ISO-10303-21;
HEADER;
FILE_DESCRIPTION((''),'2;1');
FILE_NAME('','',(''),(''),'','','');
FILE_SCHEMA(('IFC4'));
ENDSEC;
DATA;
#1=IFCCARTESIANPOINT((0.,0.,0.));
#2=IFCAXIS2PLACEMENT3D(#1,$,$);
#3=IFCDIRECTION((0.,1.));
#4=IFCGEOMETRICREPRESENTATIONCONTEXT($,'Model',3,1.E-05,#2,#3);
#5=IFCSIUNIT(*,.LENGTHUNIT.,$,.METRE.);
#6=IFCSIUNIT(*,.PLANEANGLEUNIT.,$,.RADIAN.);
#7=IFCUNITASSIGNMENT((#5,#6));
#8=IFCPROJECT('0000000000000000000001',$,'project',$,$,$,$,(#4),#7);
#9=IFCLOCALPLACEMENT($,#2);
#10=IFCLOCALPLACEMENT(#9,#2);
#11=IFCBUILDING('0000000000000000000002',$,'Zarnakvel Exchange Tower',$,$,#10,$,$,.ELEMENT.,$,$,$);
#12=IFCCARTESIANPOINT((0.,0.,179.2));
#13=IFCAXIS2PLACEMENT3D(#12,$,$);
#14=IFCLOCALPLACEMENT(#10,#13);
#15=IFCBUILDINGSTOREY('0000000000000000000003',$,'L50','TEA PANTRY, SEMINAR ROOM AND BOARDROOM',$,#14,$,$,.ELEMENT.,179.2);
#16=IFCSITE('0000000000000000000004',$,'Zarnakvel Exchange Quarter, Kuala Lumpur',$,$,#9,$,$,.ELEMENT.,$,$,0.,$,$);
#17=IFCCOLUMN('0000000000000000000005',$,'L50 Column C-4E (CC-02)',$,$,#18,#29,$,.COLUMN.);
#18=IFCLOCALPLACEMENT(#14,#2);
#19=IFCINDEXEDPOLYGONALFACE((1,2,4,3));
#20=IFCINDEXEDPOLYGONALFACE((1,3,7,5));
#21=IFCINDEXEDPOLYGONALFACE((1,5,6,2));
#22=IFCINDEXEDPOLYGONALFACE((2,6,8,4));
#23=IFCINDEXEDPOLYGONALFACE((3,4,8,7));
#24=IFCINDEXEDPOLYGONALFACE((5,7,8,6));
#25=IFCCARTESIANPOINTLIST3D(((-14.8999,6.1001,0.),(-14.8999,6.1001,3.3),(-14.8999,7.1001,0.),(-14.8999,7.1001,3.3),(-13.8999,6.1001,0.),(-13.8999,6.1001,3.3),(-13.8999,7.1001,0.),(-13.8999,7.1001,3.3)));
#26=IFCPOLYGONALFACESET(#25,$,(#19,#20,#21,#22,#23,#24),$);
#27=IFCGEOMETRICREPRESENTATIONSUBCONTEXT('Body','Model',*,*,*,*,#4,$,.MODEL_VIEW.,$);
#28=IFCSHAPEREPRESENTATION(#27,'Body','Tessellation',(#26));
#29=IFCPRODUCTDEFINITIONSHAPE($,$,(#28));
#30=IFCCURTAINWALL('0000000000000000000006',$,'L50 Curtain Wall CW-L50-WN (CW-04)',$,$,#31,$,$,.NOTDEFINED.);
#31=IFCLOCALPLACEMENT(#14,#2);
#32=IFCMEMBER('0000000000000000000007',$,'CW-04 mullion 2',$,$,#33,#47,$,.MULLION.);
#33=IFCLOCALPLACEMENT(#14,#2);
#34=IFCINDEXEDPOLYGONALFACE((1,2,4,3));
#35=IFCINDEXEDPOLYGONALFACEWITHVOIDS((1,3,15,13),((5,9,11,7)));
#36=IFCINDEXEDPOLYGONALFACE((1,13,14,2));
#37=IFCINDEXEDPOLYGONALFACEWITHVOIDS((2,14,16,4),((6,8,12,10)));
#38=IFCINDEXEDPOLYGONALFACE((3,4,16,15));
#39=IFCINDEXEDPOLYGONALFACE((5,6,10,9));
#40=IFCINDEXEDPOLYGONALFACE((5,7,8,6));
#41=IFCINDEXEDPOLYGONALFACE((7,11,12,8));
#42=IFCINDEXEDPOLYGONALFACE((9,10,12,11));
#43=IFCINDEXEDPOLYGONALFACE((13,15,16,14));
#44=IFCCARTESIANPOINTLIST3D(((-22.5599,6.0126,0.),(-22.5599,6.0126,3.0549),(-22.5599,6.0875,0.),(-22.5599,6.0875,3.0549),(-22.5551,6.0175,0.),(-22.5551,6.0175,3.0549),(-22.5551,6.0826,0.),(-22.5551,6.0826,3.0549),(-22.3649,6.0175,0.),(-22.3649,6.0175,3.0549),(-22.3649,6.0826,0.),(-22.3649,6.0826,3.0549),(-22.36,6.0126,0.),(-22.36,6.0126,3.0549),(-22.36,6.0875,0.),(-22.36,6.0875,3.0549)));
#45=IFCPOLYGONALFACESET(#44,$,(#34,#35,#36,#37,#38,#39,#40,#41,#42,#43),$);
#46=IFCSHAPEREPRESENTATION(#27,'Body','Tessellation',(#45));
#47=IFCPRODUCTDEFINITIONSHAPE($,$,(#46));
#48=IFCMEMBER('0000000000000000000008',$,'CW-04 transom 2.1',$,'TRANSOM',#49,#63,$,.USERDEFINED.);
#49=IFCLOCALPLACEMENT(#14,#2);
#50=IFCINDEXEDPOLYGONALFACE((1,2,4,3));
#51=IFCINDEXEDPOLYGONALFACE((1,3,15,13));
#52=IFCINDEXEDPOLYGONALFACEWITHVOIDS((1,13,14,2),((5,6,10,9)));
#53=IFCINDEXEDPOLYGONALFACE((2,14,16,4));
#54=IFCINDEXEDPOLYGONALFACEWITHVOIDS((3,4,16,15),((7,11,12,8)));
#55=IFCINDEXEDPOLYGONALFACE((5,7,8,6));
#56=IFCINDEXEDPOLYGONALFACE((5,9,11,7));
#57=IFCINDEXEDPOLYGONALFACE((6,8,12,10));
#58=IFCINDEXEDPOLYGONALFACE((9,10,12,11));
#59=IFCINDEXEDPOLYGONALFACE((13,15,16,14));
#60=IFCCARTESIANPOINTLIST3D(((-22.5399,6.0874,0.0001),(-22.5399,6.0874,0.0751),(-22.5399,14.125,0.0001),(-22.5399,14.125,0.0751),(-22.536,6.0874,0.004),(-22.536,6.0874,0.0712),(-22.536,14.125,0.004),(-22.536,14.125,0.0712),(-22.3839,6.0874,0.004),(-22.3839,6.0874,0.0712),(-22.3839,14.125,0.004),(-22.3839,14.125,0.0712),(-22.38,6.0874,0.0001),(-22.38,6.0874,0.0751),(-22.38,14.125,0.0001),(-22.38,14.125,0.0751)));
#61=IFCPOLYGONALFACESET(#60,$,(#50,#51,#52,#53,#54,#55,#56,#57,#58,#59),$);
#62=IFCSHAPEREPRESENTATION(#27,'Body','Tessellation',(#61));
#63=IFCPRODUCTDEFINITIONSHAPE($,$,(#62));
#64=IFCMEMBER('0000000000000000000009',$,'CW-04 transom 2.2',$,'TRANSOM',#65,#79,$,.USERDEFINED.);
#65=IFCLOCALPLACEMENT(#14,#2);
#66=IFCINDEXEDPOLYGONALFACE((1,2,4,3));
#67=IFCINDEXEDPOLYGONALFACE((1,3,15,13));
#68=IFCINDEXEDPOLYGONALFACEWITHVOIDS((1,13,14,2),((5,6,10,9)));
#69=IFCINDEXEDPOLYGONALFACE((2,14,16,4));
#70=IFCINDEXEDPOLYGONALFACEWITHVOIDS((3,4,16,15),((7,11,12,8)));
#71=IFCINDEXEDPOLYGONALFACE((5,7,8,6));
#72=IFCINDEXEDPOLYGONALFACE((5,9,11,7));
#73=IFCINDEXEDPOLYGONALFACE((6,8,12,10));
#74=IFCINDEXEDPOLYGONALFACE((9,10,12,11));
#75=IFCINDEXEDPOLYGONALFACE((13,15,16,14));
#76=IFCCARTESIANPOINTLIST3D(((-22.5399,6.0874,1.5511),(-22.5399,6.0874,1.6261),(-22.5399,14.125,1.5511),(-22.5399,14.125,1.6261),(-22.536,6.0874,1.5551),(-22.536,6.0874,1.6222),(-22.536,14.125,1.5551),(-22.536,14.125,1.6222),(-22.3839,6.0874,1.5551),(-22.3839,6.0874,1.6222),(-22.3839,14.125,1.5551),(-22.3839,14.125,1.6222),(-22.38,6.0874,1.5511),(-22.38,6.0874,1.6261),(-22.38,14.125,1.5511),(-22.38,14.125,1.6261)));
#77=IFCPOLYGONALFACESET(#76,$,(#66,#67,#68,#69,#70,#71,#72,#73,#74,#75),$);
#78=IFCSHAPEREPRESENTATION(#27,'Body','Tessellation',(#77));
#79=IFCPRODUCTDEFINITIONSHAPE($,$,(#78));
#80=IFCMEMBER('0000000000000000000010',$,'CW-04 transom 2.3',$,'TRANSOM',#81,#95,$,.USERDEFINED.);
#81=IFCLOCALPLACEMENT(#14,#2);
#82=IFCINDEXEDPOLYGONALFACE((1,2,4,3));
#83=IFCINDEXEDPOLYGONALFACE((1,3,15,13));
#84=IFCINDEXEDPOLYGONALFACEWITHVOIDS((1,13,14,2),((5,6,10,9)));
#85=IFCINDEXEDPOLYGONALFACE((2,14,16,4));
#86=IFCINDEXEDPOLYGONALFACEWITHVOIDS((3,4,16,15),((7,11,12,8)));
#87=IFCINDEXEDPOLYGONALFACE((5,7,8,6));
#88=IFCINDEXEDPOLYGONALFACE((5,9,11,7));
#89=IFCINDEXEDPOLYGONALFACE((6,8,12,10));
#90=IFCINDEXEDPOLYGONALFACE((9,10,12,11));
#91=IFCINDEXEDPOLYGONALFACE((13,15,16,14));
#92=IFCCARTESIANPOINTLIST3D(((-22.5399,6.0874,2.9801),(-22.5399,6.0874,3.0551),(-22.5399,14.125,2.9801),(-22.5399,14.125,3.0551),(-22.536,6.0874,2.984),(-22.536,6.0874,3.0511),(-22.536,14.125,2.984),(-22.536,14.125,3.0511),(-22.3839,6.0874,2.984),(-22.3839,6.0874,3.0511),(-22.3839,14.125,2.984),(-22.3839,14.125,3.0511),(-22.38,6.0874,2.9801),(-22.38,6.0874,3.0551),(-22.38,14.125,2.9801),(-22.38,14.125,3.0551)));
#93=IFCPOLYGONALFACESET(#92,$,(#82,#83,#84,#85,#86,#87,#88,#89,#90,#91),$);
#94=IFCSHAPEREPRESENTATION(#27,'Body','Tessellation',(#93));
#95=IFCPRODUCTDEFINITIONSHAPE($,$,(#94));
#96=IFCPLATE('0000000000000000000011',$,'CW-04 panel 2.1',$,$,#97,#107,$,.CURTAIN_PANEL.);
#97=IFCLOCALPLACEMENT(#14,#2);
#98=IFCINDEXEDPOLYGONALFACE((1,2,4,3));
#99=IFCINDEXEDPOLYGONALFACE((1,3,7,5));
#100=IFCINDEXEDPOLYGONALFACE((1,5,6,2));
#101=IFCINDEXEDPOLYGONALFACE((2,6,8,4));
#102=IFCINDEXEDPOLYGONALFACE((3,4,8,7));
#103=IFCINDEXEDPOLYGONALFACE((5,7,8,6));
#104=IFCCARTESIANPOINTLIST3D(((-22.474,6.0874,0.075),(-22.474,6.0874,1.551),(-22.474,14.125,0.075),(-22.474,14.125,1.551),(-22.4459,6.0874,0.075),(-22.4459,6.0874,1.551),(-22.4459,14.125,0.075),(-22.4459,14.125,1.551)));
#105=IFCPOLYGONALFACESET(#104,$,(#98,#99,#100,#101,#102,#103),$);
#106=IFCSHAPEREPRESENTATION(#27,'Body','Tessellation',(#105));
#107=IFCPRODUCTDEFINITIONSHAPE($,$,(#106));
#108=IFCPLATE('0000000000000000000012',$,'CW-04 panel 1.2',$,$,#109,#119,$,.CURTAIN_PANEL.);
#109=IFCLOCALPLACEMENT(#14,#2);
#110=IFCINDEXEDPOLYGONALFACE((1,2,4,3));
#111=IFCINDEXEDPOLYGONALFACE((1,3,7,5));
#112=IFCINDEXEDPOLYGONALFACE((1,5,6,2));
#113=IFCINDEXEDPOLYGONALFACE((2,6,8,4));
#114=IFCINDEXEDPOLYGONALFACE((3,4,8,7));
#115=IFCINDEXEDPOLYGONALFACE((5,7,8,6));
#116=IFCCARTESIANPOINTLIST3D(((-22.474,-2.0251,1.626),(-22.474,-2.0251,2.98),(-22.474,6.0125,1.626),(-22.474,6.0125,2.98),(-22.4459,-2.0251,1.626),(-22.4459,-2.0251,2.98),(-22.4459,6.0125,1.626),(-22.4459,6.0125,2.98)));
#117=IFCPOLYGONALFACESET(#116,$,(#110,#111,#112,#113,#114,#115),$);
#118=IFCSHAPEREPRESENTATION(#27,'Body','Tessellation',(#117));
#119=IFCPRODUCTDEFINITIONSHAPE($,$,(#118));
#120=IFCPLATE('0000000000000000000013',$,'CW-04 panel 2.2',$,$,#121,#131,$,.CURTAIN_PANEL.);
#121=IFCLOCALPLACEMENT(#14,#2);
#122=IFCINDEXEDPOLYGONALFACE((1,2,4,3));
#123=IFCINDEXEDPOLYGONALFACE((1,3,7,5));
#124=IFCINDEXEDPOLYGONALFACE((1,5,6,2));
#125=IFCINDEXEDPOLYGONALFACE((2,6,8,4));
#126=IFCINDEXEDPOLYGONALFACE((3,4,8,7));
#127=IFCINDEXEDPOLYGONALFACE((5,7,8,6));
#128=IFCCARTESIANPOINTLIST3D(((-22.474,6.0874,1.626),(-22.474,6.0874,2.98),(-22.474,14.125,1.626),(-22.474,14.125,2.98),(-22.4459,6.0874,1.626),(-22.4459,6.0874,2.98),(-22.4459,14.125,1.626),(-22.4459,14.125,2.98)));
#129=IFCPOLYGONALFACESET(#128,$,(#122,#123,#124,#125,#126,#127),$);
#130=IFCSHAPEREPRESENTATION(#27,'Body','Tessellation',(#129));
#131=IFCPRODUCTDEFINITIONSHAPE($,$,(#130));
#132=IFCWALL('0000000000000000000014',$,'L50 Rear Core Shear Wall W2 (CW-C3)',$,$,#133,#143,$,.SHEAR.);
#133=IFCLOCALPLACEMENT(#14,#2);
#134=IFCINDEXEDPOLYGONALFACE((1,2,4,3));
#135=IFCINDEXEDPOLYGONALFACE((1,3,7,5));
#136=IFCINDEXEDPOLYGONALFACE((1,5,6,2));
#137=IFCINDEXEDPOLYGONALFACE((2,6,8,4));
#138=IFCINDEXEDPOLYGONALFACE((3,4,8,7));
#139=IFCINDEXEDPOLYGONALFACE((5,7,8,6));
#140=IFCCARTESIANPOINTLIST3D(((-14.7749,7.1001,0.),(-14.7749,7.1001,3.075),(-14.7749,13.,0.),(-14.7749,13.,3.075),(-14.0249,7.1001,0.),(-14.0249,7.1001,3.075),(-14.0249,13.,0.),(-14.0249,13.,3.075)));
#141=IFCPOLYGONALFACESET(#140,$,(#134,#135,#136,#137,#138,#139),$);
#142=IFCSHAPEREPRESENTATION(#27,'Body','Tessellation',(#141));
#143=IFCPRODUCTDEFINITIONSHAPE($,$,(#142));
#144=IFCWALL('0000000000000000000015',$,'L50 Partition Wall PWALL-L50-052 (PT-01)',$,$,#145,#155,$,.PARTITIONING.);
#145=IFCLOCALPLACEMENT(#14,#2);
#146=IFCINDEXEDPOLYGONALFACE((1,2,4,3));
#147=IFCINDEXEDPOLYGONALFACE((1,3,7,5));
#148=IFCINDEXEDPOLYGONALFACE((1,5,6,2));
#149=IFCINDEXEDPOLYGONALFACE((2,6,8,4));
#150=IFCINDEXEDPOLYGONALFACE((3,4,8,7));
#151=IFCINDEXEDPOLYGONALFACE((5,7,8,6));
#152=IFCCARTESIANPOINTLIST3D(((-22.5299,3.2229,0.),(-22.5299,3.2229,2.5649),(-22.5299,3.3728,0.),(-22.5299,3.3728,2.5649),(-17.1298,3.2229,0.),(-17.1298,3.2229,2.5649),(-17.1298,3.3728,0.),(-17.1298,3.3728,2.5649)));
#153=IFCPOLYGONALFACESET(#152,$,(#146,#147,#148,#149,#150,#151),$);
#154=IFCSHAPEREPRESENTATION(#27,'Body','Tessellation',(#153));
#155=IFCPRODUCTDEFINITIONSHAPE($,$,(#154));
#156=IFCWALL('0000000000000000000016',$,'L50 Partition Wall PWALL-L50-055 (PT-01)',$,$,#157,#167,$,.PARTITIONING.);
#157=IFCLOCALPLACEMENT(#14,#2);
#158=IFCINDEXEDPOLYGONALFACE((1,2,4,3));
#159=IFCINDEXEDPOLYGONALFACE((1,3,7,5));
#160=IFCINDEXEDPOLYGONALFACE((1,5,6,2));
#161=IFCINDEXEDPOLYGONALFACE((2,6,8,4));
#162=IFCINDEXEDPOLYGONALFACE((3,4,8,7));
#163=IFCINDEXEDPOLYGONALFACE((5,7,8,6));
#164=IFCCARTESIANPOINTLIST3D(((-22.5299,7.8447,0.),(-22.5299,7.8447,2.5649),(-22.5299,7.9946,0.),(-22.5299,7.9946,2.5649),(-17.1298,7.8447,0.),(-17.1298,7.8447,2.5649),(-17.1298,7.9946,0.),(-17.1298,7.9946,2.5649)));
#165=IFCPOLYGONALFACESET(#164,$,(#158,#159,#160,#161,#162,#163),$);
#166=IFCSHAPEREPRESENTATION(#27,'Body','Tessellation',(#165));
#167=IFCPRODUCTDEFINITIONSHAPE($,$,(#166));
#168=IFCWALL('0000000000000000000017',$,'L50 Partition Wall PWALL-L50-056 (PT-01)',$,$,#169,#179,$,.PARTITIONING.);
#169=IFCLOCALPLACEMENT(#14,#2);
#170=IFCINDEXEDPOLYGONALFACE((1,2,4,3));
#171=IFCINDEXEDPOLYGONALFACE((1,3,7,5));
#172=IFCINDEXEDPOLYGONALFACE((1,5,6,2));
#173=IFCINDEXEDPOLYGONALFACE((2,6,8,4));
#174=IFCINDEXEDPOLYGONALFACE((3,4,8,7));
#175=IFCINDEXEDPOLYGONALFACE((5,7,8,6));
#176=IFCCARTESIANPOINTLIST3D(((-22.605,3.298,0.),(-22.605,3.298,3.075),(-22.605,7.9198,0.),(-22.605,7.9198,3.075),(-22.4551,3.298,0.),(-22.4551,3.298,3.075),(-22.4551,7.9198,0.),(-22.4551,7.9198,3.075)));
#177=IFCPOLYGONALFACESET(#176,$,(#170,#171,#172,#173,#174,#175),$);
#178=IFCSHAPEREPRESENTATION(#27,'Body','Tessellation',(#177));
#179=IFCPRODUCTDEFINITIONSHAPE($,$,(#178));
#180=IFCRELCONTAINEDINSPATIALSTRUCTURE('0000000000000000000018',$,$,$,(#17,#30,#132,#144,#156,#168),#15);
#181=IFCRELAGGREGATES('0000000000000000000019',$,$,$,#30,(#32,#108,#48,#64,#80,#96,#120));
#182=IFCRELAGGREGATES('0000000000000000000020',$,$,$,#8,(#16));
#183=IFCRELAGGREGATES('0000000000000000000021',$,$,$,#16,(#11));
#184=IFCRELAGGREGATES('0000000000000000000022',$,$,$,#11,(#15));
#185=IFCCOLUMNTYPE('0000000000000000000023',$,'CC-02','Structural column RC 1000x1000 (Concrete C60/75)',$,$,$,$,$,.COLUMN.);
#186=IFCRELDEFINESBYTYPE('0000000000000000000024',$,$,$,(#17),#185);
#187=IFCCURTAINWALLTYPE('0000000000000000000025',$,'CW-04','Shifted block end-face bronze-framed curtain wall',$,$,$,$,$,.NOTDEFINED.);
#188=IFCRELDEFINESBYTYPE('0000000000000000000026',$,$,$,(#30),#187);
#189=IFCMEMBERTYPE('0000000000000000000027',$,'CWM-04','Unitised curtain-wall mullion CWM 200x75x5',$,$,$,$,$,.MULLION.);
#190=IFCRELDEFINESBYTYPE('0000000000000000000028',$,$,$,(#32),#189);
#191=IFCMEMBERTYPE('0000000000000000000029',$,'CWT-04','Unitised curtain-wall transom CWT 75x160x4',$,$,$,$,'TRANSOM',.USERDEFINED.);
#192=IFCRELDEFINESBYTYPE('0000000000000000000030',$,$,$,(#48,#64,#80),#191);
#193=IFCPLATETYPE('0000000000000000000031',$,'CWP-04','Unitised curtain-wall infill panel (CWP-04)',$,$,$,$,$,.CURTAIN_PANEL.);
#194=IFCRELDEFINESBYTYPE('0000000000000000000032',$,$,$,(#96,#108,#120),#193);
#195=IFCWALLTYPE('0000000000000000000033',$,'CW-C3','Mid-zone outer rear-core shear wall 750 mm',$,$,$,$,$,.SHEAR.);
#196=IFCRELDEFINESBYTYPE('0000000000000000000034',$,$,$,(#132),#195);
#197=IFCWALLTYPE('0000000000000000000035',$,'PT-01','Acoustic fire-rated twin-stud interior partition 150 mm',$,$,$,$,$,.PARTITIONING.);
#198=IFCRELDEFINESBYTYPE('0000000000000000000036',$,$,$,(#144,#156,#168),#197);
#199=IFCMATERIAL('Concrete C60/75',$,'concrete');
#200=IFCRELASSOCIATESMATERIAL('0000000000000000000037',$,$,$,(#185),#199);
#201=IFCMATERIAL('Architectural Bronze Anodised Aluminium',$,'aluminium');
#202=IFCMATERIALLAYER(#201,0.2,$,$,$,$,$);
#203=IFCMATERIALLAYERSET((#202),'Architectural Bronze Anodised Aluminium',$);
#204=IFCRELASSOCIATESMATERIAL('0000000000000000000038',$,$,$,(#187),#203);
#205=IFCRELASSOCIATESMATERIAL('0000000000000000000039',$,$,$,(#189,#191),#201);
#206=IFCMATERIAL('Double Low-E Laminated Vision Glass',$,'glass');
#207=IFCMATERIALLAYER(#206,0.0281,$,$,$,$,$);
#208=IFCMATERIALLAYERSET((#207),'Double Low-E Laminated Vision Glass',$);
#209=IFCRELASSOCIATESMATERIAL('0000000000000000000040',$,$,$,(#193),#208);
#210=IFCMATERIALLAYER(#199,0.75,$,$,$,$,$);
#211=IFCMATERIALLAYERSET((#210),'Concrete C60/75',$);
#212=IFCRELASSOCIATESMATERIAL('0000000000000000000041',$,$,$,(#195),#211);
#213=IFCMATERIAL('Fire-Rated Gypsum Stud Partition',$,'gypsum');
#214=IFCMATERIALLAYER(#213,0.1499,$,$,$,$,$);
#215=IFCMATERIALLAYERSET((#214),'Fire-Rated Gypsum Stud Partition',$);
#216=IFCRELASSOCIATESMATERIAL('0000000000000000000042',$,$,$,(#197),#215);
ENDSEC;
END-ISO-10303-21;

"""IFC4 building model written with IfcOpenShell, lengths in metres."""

from ifc_helpers import new_model, si_unit, direction, frame, frame_2d, origin, origin_2d, place, context, subcontext, project, spatial, rectangle, hollow_rectangle, extrude, source, transform, mapped, material, layer, layer_set, material_profile, profile_set, type_object, element, aggregate, save


model = new_model("IFC4")

# Units and contexts
model_context = context("Model", 3, precision=1e-05, world=origin(), true_north=direction((0.0, 1.0)))
body_context = subcontext(model_context, "Body", "Model", "MODEL_VIEW")
ifc_project = project(units=[si_unit("LENGTHUNIT", "METRE"), si_unit("PLANEANGLEUNIT", "RADIAN")], contexts=[model_context])

# Site, building, storey
site_placement = place(None, origin())
site = spatial("IfcSite", under=ifc_project, at=site_placement, Name="Zarnakvel Exchange Quarter, Kuala Lumpur", CompositionType="ELEMENT", RefElevation=0.0)
building_placement = place(site_placement, origin())
building = spatial("IfcBuilding", under=site, at=building_placement, Name="Zarnakvel Exchange Tower", CompositionType="ELEMENT")
storey_placement = place(building_placement, frame((0.0, 0.0, 179.2)))
storey = spatial("IfcBuildingStorey", under=building, at=storey_placement, Name="L50", Description="TEA PANTRY, SEMINAR ROOM AND BOARDROOM", CompositionType="ELEMENT", Elevation=179.2)

# Column
ifc_material_1 = material(Name="Concrete C60/75", Category="concrete")
ifc_material_profile_1 = material_profile(ifc_material_1, rectangle(XDim=1.0, YDim=1.0, at=origin_2d()))
ifc_profile_set_1 = profile_set([ifc_material_profile_1], Name="Concrete C60/75")
column_type = type_object("IfcColumnType", Name="CC-02", Description="Structural column RC 1000x1000 (Concrete C60/75)", PredefinedType="COLUMN", material=ifc_profile_set_1)
column_placement = place(storey_placement, frame((-14.3999, 6.6001, 0.0), z_axis=(0.0, 0.0, 1.0), x_axis=(1.0, 0.0, 0.0)))
element("IfcColumn", 1, at=column_placement, inside=storey, type_object=column_type, Name="L50 Column C-4E (CC-02)", PredefinedType="COLUMN", context=body_context, shape_type="SweptSolid", body=[
    extrude(rectangle(XDim=1.0, YDim=1.0, at=origin_2d()), origin(), (0.0, 0.0, 1.0), 3.3),
])

# Curtain wall, members, plates
ifc_material_2 = material(Name="Architectural Bronze Anodised Aluminium", Category="aluminium")
ifc_layer_1 = layer(ifc_material_2, 0.2)
ifc_layer_set_1 = layer_set([ifc_layer_1], Name="Architectural Bronze Anodised Aluminium")
curtain_wall_type = type_object("IfcCurtainWallType", Name="CW-04", Description="Shifted block end-face bronze-framed curtain wall", PredefinedType="NOTDEFINED", material=ifc_layer_set_1)
curtain_wall_placement = place(storey_placement, origin())
curtain_wall = element("IfcCurtainWall", 2, at=curtain_wall_placement, inside=storey, type_object=curtain_wall_type, Name="L50 Curtain Wall CW-L50-WN (CW-04)", PredefinedType="NOTDEFINED")
ifc_material_profile_2 = material_profile(ifc_material_2, hollow_rectangle(XDim=0.2, YDim=0.075, WallThickness=0.0049, at=origin_2d()))
ifc_profile_set_2 = profile_set([ifc_material_profile_2], Name="Architectural Bronze Anodised Aluminium")
member_type_1 = type_object("IfcMemberType", Name="CWM-04", Description="Unitised curtain-wall mullion CWM 200x75x5", PredefinedType="MULLION", material=ifc_profile_set_2)
shared_shape_1 = source(origin(), body_context, "Body", "SweptSolid", [
    extrude(hollow_rectangle(XDim=0.2, YDim=0.075, WallThickness=0.0049, at=origin_2d()), origin(), (0.0, 0.0, 1.0), 3.0549),
])
member_1_placement = place(storey_placement, frame((-22.46, 6.05, 0.0), z_axis=(0.0, 0.0, 1.0), x_axis=(-1.0, 0.0, 0.0)))
member_1 = element("IfcMember", 3, at=member_1_placement, type_object=member_type_1, Name="CW-04 mullion 2", PredefinedType="MULLION", context=body_context, shape_type="MappedRepresentation", body=[
    mapped(shared_shape_1, transform((0.0, 0.0, 0.0), x_axis=(1.0, 0.0, 0.0), y_axis=(0.0, 1.0, 0.0), z_axis=(0.0, 0.0, 1.0), scale=1.0)),
])
ifc_material_profile_3 = material_profile(ifc_material_2, hollow_rectangle(XDim=0.1599, YDim=0.075, WallThickness=0.0039, at=origin_2d()))
ifc_profile_set_3 = profile_set([ifc_material_profile_3], Name="Architectural Bronze Anodised Aluminium")
member_type_2 = type_object("IfcMemberType", Name="CWT-04", Description="Unitised curtain-wall transom CWT 75x160x4", ElementType="TRANSOM", PredefinedType="USERDEFINED", material=ifc_profile_set_3)
shared_shape_2 = source(origin(), body_context, "Body", "SweptSolid", [
    extrude(hollow_rectangle(XDim=0.1599, YDim=0.075, WallThickness=0.0039, at=origin_2d()), origin(), (0.0, 0.0, 1.0), 8.0376),
])
member_2_placement = place(storey_placement, frame((-22.46, 6.0874, 0.0376), z_axis=(0.0, 1.0, 0.0), x_axis=(-1.0, 0.0, 0.0)))
member_2 = element("IfcMember", 4, at=member_2_placement, type_object=member_type_2, Name="CW-04 transom 2.1", ObjectType="TRANSOM", PredefinedType="USERDEFINED", context=body_context, shape_type="MappedRepresentation", body=[
    mapped(shared_shape_2, transform((0.0, 0.0, 0.0), x_axis=(1.0, 0.0, 0.0), y_axis=(0.0, 1.0, 0.0), z_axis=(0.0, 0.0, 1.0), scale=1.0)),
])
member_3_placement = place(storey_placement, frame((-22.46, 6.0874, 1.5886), z_axis=(0.0, 1.0, 0.0), x_axis=(-1.0, 0.0, 0.0)))
member_3 = element("IfcMember", 5, at=member_3_placement, type_object=member_type_2, Name="CW-04 transom 2.2", ObjectType="TRANSOM", PredefinedType="USERDEFINED", context=body_context, shape_type="MappedRepresentation", body=[
    mapped(shared_shape_2, transform((0.0, 0.0, 0.0), x_axis=(1.0, 0.0, 0.0), y_axis=(0.0, 1.0, 0.0), z_axis=(0.0, 0.0, 1.0), scale=1.0)),
])
member_4_placement = place(storey_placement, frame((-22.46, 6.0874, 3.0176), z_axis=(0.0, 1.0, 0.0), x_axis=(-1.0, 0.0, 0.0)))
member_4 = element("IfcMember", 6, at=member_4_placement, type_object=member_type_2, Name="CW-04 transom 2.3", ObjectType="TRANSOM", PredefinedType="USERDEFINED", context=body_context, shape_type="MappedRepresentation", body=[
    mapped(shared_shape_2, transform((0.0, 0.0, 0.0), x_axis=(1.0, 0.0, 0.0), y_axis=(0.0, 1.0, 0.0), z_axis=(0.0, 0.0, 1.0), scale=1.0)),
])
ifc_material_3 = material(Name="Double Low-E Laminated Vision Glass", Category="glass")
ifc_layer_2 = layer(ifc_material_3, 0.0281)
ifc_layer_set_2 = layer_set([ifc_layer_2], Name="Double Low-E Laminated Vision Glass")
plate_type = type_object("IfcPlateType", Name="CWP-04", Description="Unitised curtain-wall infill panel (CWP-04)", PredefinedType="CURTAIN_PANEL", material=ifc_layer_set_2)
shared_shape_3 = source(origin(), body_context, "Body", "SweptSolid", [
    extrude(rectangle(XDim=8.0376, YDim=0.0281, at=origin_2d()), origin(), (0.0, 0.0, 1.0), 1.4761),
])
plate_1_placement = place(storey_placement, frame((-22.46, 10.1062, 0.075), z_axis=(0.0, 0.0, 1.0), x_axis=(0.0, 1.0, 0.0)))
plate_1 = element("IfcPlate", 7, at=plate_1_placement, type_object=plate_type, Name="CW-04 panel 2.1", PredefinedType="CURTAIN_PANEL", context=body_context, shape_type="MappedRepresentation", body=[
    mapped(shared_shape_3, transform((0.0, 0.0, 0.0), x_axis=(1.0, 0.0, 0.0), y_axis=(0.0, 1.0, 0.0), z_axis=(0.0, 0.0, 1.0), scale=1.0)),
])
shared_shape_4 = source(origin(), body_context, "Body", "SweptSolid", [
    extrude(rectangle(XDim=8.0376, YDim=0.0281, at=origin_2d()), origin(), (0.0, 0.0, 1.0), 1.354),
])
plate_2_placement = place(storey_placement, frame((-22.46, 1.9937, 1.626), z_axis=(0.0, 0.0, 1.0), x_axis=(0.0, 1.0, 0.0)))
plate_2 = element("IfcPlate", 8, at=plate_2_placement, type_object=plate_type, Name="CW-04 panel 1.2", PredefinedType="CURTAIN_PANEL", context=body_context, shape_type="MappedRepresentation", body=[
    mapped(shared_shape_4, transform((0.0, 0.0, 0.0), x_axis=(1.0, 0.0, 0.0), y_axis=(0.0, 1.0, 0.0), z_axis=(0.0, 0.0, 1.0), scale=1.0)),
])
plate_3_placement = place(storey_placement, frame((-22.46, 10.1062, 1.626), z_axis=(0.0, 0.0, 1.0), x_axis=(0.0, 1.0, 0.0)))
plate_3 = element("IfcPlate", 9, at=plate_3_placement, type_object=plate_type, Name="CW-04 panel 2.2", PredefinedType="CURTAIN_PANEL", context=body_context, shape_type="MappedRepresentation", body=[
    mapped(shared_shape_4, transform((0.0, 0.0, 0.0), x_axis=(1.0, 0.0, 0.0), y_axis=(0.0, 1.0, 0.0), z_axis=(0.0, 0.0, 1.0), scale=1.0)),
])
aggregate(curtain_wall, [member_1, plate_2, member_2, member_3, member_4, plate_1, plate_3])

# Walls
ifc_layer_3 = layer(ifc_material_1, 0.75)
ifc_layer_set_3 = layer_set([ifc_layer_3], Name="Concrete C60/75")
wall_type_1 = type_object("IfcWallType", Name="CW-C3", Description="Mid-zone outer rear-core shear wall 750 mm", PredefinedType="SHEAR", material=ifc_layer_set_3)
wall_1_placement = place(storey_placement, frame((-14.3999, 7.1001, 0.0), z_axis=(0.0, 0.0, 1.0), x_axis=(0.0, 1.0, 0.0)))
element("IfcWall", 10, at=wall_1_placement, inside=storey, type_object=wall_type_1, Name="L50 Rear Core Shear Wall W2 (CW-C3)", PredefinedType="SHEAR", context=body_context, shape_type="SweptSolid", body=[
    extrude(rectangle(XDim=5.8999, YDim=0.75, at=frame_2d((2.95, 0.0))), origin(), (0.0, 0.0, 1.0), 3.075),
])
ifc_material_4 = material(Name="Fire-Rated Gypsum Stud Partition", Category="gypsum")
ifc_layer_4 = layer(ifc_material_4, 0.1499)
ifc_layer_set_4 = layer_set([ifc_layer_4], Name="Fire-Rated Gypsum Stud Partition")
wall_type_2 = type_object("IfcWallType", Name="PT-01", Description="Acoustic fire-rated twin-stud interior partition 150 mm", PredefinedType="PARTITIONING", material=ifc_layer_set_4)
wall_2_placement = place(storey_placement, frame((-22.53, 3.2979, 0.0), z_axis=(0.0, 0.0, 1.0), x_axis=(1.0, 0.0, 0.0)))
element("IfcWall", 11, at=wall_2_placement, inside=storey, type_object=wall_type_2, Name="L50 Partition Wall PWALL-L50-052 (PT-01)", PredefinedType="PARTITIONING", context=body_context, shape_type="SweptSolid", body=[
    extrude(rectangle(XDim=5.4001, YDim=0.1499, at=frame_2d((2.7002, 0.0))), origin(), (0.0, 0.0, 1.0), 2.5649),
])

# Walls
wall_3_placement = place(storey_placement, frame((-22.53, 7.9197, 0.0), z_axis=(0.0, 0.0, 1.0), x_axis=(1.0, 0.0, 0.0)))
element("IfcWall", 12, at=wall_3_placement, inside=storey, type_object=wall_type_2, Name="L50 Partition Wall PWALL-L50-055 (PT-01)", PredefinedType="PARTITIONING", context=body_context, shape_type="SweptSolid", body=[
    extrude(rectangle(XDim=5.4001, YDim=0.1499, at=frame_2d((2.7002, 0.0))), origin(), (0.0, 0.0, 1.0), 2.5649),
])
wall_4_placement = place(storey_placement, frame((-22.53, 3.2979, 0.0), z_axis=(0.0, 0.0, 1.0), x_axis=(0.0, 1.0, 0.0)))
element("IfcWall", 13, at=wall_4_placement, inside=storey, type_object=wall_type_2, Name="L50 Partition Wall PWALL-L50-056 (PT-01)", PredefinedType="PARTITIONING", context=body_context, shape_type="SweptSolid", body=[
    extrude(rectangle(XDim=4.6218, YDim=0.1499, at=frame_2d((2.311, 0.0))), origin(), (0.0, 0.0, 1.0), 3.075),
])

save(model, "model.ifc")
